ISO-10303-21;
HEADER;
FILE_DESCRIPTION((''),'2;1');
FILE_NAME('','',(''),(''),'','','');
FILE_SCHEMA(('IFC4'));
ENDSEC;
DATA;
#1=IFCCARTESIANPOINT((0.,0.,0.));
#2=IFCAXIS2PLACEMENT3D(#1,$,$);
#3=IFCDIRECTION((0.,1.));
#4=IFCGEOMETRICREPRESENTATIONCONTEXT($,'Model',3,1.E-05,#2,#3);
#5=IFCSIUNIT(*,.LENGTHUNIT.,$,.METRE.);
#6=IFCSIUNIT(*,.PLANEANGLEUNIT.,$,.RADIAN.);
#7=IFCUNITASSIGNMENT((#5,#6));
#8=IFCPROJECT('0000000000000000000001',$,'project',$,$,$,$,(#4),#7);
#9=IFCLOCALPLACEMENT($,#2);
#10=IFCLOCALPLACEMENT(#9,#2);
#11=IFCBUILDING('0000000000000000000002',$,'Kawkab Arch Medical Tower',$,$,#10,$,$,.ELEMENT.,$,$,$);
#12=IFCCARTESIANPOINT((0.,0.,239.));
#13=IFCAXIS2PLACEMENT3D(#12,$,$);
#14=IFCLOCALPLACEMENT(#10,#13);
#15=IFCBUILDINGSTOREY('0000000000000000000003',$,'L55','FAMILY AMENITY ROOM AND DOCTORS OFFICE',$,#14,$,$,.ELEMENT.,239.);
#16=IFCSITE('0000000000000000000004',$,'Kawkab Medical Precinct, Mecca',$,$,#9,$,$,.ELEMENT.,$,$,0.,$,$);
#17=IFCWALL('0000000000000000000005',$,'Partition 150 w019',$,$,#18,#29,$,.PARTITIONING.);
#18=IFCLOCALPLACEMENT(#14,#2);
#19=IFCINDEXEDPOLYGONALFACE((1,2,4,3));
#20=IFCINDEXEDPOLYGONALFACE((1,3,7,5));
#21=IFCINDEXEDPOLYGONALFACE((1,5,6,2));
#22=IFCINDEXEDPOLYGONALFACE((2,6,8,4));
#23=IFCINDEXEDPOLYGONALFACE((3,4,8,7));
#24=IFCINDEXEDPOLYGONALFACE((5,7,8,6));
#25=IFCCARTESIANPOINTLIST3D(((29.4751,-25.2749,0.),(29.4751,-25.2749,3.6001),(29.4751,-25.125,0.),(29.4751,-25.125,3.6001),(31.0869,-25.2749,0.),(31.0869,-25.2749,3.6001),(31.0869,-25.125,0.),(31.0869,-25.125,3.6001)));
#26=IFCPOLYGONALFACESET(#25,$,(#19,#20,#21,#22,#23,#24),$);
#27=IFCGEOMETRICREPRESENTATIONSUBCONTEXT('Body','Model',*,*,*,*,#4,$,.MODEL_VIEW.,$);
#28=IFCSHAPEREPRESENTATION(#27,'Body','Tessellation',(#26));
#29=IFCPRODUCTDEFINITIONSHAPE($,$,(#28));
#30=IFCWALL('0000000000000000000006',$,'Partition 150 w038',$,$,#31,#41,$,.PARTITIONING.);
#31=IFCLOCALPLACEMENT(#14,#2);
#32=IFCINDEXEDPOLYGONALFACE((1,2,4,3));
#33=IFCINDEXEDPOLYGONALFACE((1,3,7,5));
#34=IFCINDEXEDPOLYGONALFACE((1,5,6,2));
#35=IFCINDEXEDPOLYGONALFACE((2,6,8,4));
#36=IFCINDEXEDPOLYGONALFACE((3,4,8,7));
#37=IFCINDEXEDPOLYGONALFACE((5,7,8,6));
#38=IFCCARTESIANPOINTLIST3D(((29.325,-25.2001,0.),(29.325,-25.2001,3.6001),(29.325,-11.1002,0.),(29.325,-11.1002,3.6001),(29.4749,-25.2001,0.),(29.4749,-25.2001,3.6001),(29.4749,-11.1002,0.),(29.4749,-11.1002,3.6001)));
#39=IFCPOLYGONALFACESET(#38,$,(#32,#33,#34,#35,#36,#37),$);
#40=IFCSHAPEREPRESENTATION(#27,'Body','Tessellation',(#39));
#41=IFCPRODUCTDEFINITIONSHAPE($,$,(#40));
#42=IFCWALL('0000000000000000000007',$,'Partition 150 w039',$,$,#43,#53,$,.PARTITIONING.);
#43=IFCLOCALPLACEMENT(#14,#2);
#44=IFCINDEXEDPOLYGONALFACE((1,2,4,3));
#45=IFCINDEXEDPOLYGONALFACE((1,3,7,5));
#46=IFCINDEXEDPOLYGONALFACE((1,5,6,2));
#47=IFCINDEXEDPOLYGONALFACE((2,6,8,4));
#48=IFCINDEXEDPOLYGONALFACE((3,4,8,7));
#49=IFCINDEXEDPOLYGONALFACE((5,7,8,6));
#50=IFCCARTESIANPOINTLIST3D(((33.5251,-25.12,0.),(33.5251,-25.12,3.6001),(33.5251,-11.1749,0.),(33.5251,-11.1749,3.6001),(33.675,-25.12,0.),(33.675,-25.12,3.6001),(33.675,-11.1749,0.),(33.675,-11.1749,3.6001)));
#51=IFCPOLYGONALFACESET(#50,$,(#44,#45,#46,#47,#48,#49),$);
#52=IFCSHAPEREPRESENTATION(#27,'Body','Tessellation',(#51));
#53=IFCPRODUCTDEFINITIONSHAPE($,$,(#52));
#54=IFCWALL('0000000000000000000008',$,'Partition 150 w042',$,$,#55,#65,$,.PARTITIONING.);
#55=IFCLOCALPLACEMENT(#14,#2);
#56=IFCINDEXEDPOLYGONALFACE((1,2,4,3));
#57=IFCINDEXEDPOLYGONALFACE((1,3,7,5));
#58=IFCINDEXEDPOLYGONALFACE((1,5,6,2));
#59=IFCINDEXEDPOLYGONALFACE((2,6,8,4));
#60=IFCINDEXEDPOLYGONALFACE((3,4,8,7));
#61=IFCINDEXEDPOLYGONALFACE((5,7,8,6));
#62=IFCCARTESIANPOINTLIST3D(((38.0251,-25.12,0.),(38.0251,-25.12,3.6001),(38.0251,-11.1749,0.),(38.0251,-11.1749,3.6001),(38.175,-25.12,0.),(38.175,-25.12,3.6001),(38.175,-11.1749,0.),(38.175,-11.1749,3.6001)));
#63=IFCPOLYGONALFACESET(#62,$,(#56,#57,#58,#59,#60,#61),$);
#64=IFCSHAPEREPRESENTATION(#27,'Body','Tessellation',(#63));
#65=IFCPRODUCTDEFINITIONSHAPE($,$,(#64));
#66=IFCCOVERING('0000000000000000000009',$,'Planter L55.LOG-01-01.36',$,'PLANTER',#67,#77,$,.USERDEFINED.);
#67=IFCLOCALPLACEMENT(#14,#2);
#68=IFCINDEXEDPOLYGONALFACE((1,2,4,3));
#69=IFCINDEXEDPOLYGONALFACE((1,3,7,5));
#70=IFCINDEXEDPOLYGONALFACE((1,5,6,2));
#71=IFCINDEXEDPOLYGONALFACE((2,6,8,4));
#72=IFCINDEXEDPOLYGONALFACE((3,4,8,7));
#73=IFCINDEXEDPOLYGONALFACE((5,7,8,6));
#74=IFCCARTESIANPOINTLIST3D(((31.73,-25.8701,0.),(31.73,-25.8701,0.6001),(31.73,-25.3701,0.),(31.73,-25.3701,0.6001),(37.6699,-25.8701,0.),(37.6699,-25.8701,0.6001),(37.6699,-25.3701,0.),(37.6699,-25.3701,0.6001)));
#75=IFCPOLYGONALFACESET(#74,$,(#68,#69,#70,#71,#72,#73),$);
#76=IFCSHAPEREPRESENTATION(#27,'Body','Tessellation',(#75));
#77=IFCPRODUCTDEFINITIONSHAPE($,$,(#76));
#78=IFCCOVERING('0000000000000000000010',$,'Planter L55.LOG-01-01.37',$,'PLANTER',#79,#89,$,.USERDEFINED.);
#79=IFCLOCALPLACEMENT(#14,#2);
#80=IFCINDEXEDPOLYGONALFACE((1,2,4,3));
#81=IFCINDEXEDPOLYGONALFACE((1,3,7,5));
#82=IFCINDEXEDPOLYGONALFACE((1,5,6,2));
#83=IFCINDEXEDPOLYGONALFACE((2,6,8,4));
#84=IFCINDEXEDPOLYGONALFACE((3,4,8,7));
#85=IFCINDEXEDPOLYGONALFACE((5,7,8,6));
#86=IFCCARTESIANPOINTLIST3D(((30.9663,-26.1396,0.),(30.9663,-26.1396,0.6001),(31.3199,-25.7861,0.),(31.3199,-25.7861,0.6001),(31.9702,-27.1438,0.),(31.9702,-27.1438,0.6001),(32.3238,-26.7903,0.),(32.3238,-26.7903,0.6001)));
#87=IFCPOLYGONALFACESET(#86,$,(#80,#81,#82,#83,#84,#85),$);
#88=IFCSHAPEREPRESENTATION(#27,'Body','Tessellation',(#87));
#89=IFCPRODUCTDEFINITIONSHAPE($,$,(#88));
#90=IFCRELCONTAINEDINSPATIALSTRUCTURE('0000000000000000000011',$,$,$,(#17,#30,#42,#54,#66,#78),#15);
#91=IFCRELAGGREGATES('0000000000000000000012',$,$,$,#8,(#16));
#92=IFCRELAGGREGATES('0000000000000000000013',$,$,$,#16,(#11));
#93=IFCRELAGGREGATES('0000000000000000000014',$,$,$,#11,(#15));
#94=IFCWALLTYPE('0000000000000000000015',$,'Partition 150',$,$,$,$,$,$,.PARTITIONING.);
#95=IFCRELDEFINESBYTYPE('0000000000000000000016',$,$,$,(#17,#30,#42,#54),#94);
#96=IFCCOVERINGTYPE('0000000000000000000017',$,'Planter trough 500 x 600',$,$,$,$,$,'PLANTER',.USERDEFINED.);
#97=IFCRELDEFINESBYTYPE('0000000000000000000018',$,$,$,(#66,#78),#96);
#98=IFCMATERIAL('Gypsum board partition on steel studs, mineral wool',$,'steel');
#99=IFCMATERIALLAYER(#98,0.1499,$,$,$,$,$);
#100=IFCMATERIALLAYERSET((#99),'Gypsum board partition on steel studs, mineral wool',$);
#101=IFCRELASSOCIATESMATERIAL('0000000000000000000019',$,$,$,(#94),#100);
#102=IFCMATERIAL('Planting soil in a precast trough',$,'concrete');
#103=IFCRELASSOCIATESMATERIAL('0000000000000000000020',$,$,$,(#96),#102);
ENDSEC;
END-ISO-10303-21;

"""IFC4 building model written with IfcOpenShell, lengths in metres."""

from ifc_helpers import new_model, si_unit, direction, frame, frame_2d, origin, origin_2d, place, context, subcontext, project, spatial, rectangle, extrude, material, layer, layer_set, material_profile, profile_set, type_object, element, save


model = new_model("IFC4")

# Units and contexts
model_context = context("Model", 3, precision=1e-05, world=origin(), true_north=direction((0.0, 1.0)))
body_context = subcontext(model_context, "Body", "Model", "MODEL_VIEW")
ifc_project = project(units=[si_unit("LENGTHUNIT", "METRE"), si_unit("PLANEANGLEUNIT", "RADIAN")], contexts=[model_context])

# Site, building, storey
site_placement = place(None, origin())
site = spatial("IfcSite", under=ifc_project, at=site_placement, Name="Kawkab Medical Precinct, Mecca", CompositionType="ELEMENT", RefElevation=0.0)
building_placement = place(site_placement, origin())
building = spatial("IfcBuilding", under=site, at=building_placement, Name="Kawkab Arch Medical Tower", CompositionType="ELEMENT")
storey_placement = place(building_placement, frame((0.0, 0.0, 239.0)))
storey = spatial("IfcBuildingStorey", under=building, at=storey_placement, Name="L55", Description="FAMILY AMENITY ROOM AND DOCTORS OFFICE", CompositionType="ELEMENT", Elevation=239.0)

# Walls
ifc_material_1 = material(Name="Gypsum board partition on steel studs, mineral wool", Category="steel")
ifc_layer_1 = layer(ifc_material_1, 0.1499)
ifc_layer_set_1 = layer_set([ifc_layer_1], Name="Gypsum board partition on steel studs, mineral wool")
wall_type_1 = type_object("IfcWallType", Name="Partition 150", PredefinedType="PARTITIONING", material=ifc_layer_set_1)
wall_1_placement = place(storey_placement, frame((29.4751, -25.2, 0.0), z_axis=(0.0, 0.0, 1.0), x_axis=(1.0, 0.0, 0.0)))
element("IfcWall", 1, at=wall_1_placement, inside=storey, type_object=wall_type_1, Name="Partition 150 w019", PredefinedType="PARTITIONING", context=body_context, shape_type="SweptSolid", body=[
    extrude(rectangle(XDim=1.6118, YDim=0.1499, at=frame_2d((0.8059, 0.0))), origin(), (0.0, 0.0, 1.0), 3.6001),
])
wall_2_placement = place(storey_placement, frame((29.3999, -25.2, 0.0), z_axis=(0.0, 0.0, 1.0), x_axis=(0.0, 1.0, 0.0)))
element("IfcWall", 2, at=wall_2_placement, inside=storey, type_object=wall_type_1, Name="Partition 150 w038", PredefinedType="PARTITIONING", context=body_context, shape_type="SweptSolid", body=[
    extrude(rectangle(XDim=14.0999, YDim=0.1499, at=frame_2d((7.0498, 0.0))), origin(), (0.0, 0.0, 1.0), 3.6001),
])
for number, where, z_axis, x_axis, name in (
    (3, (33.6001, -25.1201, 0.0), (0.0, 0.0, 1.0), (0.0, 1.0, 0.0), "Partition 150 w039"),
    (4, (38.1001, -25.1201, 0.0), (0.0, 0.0, 1.0), (0.0, 1.0, 0.0), "Partition 150 w042"),
):
    element("IfcWall", number, at=place(storey_placement, frame(where, z_axis=z_axis, x_axis=x_axis)), inside=storey, type_object=wall_type_1, Name=name, PredefinedType="PARTITIONING", context=body_context, shape_type="SweptSolid", body=[
        extrude(rectangle(XDim=13.9451, YDim=0.1499, at=frame_2d((6.9727, 0.0))), origin(), (0.0, 0.0, 1.0), 3.6001),
    ])

# Coverings
ifc_material_2 = material(Name="Planting soil in a precast trough", Category="concrete")
ifc_material_profile_1 = material_profile(ifc_material_2, rectangle(XDim=0.5, YDim=0.6001, at=origin_2d()), Name="Trough 500x600")
ifc_profile_set_1 = profile_set([ifc_material_profile_1], Name="Planting soil in a precast trough")
covering_type = type_object("IfcCoveringType", Name="Planter trough 500 x 600", ElementType="PLANTER", PredefinedType="USERDEFINED", material=ifc_profile_set_1)
covering_1_placement = place(storey_placement, frame((37.6699, -25.6201, 0.3), z_axis=(-1.0, 0.0, 0.0), x_axis=(0.0, -1.0, 0.0)))
element("IfcCovering", 5, at=covering_1_placement, inside=storey, type_object=covering_type, Name="Planter L55.LOG-01-01.36", ObjectType="PLANTER", PredefinedType="USERDEFINED", context=body_context, shape_type="SweptSolid", body=[
    extrude(rectangle(XDim=0.5, YDim=0.6001, at=origin_2d()), origin(), (0.0, 0.0, 1.0), 5.9399),
])
covering_2_placement = place(storey_placement, frame((31.1431, -25.9629, 0.3), z_axis=(0.707021, -0.707193, 0.0), x_axis=(0.707193, 0.707021, 0.0)))
element("IfcCovering", 6, at=covering_2_placement, inside=storey, type_object=covering_type, Name="Planter L55.LOG-01-01.37", ObjectType="PLANTER", PredefinedType="USERDEFINED", context=body_context, shape_type="SweptSolid", body=[
    extrude(rectangle(XDim=0.5, YDim=0.6001, at=origin_2d()), origin(), (0.0, 0.0, 1.0), 1.4199),
])

save(model, "model.ifc")
